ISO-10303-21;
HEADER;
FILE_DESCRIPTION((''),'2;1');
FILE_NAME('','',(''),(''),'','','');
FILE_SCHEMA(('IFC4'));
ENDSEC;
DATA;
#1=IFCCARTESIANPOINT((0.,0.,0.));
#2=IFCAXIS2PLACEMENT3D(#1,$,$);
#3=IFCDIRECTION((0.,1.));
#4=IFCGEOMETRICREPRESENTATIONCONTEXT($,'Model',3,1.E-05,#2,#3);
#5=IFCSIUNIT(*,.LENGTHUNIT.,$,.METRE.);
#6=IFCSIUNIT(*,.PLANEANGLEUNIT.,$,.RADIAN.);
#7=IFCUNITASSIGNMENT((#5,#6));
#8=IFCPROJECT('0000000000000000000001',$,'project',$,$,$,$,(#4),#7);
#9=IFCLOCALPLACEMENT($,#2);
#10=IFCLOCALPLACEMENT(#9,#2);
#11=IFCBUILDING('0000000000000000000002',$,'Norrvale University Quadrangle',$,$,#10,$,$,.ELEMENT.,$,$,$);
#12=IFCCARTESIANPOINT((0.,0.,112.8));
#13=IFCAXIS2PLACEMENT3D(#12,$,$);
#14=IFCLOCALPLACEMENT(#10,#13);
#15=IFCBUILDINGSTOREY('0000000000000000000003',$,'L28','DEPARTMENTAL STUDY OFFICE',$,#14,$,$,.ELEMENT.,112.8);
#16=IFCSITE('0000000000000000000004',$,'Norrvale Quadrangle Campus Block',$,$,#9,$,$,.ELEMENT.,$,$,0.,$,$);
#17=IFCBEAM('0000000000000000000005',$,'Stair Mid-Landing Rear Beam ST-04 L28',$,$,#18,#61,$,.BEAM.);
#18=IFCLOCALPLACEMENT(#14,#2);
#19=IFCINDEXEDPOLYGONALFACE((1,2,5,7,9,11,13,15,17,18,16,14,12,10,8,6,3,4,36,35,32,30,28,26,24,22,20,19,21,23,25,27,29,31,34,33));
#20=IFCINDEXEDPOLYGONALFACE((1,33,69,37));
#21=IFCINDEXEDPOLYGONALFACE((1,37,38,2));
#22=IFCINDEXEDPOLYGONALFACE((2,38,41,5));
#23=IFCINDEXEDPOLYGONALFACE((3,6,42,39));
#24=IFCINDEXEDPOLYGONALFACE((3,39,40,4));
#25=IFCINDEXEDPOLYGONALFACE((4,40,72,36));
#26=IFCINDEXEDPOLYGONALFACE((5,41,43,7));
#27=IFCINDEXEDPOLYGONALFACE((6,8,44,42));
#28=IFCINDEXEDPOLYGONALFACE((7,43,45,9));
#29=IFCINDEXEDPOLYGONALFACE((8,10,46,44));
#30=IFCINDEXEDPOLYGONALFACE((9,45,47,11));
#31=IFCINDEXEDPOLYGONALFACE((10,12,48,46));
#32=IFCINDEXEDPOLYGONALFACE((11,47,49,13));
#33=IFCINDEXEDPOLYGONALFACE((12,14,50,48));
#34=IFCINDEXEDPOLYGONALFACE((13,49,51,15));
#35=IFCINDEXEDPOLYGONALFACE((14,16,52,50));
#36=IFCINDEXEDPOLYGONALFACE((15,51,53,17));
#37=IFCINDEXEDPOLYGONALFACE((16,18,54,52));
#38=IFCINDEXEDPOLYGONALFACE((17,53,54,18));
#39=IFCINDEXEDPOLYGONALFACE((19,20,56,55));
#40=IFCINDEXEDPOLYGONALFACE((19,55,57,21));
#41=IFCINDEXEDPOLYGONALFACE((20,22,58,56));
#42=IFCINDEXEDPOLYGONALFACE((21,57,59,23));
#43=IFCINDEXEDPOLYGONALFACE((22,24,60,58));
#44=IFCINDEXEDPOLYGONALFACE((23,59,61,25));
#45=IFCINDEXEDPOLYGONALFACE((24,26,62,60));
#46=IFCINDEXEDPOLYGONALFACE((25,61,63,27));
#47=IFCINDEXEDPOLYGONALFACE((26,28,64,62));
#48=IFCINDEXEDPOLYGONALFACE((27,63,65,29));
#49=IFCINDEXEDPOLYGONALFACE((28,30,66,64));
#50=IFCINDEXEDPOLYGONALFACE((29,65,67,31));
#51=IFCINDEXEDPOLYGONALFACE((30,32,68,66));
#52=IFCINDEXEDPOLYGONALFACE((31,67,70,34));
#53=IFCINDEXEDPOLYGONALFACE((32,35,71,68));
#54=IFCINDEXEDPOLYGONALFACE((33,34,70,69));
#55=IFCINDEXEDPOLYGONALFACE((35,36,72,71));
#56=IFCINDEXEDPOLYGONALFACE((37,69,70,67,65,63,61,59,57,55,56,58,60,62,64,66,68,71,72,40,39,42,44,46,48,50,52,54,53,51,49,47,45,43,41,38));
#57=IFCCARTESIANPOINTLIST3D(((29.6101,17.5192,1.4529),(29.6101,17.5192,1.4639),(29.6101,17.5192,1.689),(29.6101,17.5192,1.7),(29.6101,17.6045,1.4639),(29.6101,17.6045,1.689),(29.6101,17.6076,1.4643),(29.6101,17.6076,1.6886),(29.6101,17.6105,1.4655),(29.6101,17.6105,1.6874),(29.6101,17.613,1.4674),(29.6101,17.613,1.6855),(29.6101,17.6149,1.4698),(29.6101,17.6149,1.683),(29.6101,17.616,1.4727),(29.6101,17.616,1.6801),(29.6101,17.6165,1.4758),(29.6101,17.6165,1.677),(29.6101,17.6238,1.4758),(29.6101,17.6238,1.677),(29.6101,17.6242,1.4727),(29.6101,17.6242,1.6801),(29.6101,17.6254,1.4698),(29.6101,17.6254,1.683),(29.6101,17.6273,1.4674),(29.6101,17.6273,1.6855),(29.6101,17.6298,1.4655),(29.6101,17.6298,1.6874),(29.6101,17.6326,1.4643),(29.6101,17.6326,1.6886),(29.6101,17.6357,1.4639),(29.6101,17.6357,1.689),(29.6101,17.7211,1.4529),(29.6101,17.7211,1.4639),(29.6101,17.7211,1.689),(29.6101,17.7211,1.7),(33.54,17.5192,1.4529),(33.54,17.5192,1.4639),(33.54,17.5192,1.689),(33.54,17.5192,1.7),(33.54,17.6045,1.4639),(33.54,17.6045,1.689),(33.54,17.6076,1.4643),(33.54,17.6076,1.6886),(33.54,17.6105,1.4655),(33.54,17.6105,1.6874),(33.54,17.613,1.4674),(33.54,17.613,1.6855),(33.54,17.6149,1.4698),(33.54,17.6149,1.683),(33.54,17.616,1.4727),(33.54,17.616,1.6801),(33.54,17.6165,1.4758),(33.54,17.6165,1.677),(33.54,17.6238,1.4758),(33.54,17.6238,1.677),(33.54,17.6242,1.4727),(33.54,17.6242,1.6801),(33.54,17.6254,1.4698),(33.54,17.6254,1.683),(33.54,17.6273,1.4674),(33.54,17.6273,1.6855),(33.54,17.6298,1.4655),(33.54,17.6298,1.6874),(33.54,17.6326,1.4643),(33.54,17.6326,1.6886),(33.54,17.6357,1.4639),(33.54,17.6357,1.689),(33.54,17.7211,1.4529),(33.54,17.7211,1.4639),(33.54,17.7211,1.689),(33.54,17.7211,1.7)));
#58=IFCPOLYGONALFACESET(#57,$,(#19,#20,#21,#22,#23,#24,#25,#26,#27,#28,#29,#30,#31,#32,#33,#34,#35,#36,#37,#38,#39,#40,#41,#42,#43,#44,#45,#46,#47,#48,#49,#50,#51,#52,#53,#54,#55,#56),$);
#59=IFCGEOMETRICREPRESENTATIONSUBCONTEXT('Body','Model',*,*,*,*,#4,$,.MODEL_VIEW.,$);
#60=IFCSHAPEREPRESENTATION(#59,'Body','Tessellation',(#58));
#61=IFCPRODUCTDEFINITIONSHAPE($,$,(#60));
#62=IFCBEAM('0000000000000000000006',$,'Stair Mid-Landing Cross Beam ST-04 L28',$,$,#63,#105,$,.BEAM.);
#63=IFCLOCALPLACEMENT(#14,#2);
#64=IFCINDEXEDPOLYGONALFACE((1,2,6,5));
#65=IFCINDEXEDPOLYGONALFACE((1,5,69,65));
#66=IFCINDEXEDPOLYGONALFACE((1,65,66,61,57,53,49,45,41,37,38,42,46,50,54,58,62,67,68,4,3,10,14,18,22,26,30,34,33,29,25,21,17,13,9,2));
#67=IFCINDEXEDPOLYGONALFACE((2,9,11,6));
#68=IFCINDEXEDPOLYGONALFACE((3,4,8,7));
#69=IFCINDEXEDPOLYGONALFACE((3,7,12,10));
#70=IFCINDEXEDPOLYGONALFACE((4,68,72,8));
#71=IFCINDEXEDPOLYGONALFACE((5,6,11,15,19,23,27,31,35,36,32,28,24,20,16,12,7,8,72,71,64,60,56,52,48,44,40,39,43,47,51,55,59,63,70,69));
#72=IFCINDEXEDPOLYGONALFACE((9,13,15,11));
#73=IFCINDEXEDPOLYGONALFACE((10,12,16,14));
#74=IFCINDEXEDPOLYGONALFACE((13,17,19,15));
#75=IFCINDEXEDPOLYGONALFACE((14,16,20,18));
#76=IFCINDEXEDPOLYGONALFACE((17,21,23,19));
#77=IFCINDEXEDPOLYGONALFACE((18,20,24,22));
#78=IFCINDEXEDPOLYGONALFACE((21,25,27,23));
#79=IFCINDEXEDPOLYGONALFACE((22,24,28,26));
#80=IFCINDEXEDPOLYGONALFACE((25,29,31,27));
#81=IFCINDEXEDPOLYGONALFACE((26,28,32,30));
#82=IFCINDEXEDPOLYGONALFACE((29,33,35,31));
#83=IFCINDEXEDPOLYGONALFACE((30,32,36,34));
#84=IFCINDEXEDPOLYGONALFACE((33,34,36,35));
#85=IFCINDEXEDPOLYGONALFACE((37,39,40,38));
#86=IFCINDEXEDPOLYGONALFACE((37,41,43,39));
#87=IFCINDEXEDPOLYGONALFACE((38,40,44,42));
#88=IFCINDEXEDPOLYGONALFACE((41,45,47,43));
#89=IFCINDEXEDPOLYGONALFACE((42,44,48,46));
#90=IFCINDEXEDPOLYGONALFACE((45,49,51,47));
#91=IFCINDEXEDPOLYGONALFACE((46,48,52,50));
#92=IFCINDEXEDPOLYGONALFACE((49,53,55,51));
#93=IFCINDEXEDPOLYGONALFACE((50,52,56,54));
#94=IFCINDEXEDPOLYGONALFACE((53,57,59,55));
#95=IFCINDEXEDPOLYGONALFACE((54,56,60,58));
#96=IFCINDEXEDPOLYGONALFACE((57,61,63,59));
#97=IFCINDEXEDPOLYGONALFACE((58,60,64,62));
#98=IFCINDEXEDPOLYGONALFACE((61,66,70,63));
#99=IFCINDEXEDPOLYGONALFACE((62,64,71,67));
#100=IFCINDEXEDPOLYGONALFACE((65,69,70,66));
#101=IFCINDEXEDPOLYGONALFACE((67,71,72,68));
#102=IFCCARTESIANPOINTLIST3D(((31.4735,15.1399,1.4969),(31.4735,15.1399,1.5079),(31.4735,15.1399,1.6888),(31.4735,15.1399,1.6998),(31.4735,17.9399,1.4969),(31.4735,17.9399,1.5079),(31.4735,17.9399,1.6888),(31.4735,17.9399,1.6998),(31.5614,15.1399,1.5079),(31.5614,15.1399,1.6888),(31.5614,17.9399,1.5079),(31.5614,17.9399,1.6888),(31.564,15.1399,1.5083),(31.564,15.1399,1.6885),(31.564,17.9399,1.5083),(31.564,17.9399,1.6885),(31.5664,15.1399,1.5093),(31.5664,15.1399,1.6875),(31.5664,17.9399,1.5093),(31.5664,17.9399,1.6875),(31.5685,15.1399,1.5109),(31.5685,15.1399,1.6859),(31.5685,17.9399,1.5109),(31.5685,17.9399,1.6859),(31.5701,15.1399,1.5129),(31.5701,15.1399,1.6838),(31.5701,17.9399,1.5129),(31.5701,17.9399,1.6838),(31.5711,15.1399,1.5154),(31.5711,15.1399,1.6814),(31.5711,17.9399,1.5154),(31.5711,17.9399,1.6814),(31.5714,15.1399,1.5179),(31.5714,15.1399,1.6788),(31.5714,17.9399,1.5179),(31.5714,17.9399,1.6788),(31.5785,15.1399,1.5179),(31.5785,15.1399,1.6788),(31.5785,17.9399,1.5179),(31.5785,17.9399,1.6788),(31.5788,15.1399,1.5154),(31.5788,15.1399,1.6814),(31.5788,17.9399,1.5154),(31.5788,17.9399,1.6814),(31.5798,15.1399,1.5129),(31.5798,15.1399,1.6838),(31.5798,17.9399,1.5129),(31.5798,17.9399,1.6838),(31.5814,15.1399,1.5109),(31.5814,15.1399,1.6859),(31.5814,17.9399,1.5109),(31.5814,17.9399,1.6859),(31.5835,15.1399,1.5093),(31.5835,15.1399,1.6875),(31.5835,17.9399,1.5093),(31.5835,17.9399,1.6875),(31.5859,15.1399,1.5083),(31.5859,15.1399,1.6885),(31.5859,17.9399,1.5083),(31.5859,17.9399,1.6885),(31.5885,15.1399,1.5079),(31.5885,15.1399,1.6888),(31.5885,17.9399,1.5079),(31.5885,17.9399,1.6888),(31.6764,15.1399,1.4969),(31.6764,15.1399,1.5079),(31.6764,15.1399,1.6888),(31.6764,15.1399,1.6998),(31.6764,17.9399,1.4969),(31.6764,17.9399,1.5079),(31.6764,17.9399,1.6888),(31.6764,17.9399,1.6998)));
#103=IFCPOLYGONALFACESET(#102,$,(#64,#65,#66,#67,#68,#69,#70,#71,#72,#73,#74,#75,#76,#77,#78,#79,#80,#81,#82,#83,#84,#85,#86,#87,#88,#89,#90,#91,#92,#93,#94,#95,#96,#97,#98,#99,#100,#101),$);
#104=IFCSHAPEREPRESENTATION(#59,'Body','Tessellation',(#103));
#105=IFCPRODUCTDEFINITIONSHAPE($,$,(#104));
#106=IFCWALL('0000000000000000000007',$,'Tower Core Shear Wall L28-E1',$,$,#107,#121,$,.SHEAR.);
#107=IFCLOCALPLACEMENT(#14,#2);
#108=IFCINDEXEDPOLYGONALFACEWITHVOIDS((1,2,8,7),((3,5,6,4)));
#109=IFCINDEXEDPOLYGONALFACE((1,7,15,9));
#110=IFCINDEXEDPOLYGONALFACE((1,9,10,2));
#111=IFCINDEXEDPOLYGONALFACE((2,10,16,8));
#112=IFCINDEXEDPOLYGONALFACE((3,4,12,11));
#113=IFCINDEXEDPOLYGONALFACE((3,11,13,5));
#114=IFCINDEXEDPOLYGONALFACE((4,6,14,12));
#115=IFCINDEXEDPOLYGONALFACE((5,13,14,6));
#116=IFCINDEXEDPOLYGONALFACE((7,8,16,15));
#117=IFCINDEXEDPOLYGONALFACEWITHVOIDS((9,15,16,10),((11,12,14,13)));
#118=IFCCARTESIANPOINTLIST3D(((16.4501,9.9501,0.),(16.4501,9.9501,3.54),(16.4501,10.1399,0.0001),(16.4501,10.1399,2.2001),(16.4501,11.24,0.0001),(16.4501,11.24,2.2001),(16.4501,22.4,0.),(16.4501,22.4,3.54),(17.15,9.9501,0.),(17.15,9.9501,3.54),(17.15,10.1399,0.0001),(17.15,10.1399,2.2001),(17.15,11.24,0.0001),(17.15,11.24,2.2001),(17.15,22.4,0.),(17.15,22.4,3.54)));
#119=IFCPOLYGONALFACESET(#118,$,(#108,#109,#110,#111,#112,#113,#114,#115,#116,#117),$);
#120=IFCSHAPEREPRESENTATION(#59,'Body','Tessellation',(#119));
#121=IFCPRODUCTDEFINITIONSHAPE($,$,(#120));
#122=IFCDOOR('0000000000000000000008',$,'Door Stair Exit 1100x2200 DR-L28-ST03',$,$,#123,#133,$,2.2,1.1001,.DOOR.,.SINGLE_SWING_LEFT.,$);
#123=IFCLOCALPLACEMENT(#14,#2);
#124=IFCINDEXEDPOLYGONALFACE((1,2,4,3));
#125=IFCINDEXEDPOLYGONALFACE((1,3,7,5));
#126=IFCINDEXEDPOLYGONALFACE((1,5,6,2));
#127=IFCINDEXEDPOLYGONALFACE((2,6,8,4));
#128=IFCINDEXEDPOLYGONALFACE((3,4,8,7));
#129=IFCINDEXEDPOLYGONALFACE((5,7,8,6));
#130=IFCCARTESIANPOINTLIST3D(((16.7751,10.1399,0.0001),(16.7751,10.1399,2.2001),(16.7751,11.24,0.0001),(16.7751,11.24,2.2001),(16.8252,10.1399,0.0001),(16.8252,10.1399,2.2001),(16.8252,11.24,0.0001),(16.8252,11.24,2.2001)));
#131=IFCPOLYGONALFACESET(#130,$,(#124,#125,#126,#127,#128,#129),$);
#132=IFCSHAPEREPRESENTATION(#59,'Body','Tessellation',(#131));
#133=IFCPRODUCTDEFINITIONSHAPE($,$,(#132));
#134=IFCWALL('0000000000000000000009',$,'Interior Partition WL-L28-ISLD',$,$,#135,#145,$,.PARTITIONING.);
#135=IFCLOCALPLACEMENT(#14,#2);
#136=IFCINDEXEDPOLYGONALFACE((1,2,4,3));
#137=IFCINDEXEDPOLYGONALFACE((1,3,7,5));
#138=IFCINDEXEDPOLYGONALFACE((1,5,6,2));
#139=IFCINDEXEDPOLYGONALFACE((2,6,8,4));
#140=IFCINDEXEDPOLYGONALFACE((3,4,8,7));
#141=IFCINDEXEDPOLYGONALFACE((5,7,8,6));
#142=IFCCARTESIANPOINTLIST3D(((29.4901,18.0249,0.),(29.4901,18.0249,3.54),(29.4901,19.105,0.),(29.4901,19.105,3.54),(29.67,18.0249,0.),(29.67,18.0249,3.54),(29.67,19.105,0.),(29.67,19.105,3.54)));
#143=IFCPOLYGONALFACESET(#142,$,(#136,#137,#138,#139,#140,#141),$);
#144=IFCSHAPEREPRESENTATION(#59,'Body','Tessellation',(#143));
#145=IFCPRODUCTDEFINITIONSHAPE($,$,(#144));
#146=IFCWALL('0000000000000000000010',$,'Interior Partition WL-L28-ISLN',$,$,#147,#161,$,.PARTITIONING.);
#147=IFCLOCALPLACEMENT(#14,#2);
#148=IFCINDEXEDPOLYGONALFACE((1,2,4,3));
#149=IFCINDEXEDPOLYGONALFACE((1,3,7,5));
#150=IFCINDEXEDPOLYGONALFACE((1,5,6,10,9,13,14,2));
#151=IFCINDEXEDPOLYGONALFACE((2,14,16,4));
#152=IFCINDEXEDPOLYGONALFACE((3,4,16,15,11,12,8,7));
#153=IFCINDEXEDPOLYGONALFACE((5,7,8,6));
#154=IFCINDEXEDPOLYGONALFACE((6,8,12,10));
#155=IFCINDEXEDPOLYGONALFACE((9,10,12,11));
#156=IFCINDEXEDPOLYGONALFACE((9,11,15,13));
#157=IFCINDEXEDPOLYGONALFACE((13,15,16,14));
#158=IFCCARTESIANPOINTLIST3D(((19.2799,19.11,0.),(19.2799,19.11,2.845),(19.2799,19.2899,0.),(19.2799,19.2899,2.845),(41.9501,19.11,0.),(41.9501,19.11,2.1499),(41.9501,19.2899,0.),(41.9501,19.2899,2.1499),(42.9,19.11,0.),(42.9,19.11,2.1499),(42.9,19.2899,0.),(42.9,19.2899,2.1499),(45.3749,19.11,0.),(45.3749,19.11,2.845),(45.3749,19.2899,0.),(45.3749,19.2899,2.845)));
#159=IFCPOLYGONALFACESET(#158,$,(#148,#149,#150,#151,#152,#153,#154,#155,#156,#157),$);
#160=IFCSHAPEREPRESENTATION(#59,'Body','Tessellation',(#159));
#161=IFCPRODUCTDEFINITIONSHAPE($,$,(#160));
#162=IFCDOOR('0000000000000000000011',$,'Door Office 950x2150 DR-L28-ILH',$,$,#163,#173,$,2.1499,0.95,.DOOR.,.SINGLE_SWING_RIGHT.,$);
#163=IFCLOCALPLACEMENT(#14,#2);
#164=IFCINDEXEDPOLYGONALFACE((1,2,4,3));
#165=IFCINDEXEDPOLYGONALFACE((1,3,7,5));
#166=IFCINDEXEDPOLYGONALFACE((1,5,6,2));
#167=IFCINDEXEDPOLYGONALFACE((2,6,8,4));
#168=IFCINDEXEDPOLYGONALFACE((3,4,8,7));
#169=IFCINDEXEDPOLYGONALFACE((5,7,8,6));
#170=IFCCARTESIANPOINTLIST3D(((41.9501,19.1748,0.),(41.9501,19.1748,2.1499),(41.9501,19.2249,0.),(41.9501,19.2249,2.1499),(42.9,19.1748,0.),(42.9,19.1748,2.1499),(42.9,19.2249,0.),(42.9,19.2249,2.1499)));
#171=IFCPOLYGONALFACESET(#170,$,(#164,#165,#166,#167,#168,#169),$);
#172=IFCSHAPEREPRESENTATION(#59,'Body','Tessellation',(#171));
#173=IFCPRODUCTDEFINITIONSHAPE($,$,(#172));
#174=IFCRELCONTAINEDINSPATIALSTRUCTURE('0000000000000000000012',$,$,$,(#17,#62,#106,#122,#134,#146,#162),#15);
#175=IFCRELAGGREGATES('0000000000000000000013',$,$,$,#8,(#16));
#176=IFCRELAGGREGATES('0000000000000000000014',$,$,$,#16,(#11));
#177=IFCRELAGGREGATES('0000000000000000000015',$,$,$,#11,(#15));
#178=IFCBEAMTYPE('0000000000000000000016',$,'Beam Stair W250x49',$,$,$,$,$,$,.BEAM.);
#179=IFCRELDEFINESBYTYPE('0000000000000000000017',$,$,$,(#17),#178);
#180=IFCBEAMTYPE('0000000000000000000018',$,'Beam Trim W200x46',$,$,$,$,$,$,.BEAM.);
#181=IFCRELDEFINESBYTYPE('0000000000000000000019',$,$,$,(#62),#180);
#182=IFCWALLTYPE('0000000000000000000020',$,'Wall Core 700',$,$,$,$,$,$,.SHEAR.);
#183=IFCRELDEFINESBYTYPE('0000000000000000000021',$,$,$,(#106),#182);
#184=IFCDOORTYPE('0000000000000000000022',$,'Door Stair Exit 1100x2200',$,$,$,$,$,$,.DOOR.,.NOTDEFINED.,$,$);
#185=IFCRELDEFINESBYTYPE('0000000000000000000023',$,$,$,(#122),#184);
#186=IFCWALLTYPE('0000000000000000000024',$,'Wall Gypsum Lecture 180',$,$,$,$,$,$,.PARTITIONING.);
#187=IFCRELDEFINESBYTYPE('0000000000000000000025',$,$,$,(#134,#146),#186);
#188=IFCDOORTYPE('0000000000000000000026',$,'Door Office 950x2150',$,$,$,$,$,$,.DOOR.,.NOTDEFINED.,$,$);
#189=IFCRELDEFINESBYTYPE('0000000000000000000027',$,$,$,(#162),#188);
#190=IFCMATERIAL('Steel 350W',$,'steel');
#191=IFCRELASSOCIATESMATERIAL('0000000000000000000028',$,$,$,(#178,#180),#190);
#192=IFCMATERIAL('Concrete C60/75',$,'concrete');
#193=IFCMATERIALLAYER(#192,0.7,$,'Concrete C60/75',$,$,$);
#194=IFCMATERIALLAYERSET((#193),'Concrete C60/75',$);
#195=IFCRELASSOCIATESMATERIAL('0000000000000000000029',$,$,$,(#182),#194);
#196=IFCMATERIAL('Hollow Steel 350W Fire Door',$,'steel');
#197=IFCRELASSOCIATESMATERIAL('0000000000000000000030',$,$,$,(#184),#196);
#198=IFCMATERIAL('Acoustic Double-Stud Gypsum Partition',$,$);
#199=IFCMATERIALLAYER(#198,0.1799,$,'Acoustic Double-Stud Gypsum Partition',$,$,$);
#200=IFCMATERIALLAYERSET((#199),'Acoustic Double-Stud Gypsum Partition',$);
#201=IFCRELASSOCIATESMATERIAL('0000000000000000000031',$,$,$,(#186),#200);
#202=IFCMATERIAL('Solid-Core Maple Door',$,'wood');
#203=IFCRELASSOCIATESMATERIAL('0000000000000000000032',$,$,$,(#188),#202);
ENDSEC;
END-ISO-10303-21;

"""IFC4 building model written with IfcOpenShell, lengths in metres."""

from ifc_helpers import new_model, si_unit, direction, frame, frame_2d, origin, origin_2d, place, context, subcontext, project, spatial, rectangle, i_section, extrude, material, layer, layer_set, material_profile, profile_set, type_object, element, fill, save


model = new_model("IFC4")

# Units and contexts
model_context = context("Model", 3, precision=1e-05, world=origin(), true_north=direction((0.0, 1.0)))
body_context = subcontext(model_context, "Body", "Model", "MODEL_VIEW")
ifc_project = project(units=[si_unit("LENGTHUNIT", "METRE"), si_unit("PLANEANGLEUNIT", "RADIAN")], contexts=[model_context])

# Site, building, storey
site_placement = place(None, origin())
site = spatial("IfcSite", under=ifc_project, at=site_placement, Name="Norrvale Quadrangle Campus Block", CompositionType="ELEMENT", RefElevation=0.0)
building_placement = place(site_placement, origin())
building = spatial("IfcBuilding", under=site, at=building_placement, Name="Norrvale University Quadrangle", CompositionType="ELEMENT")
storey_placement = place(building_placement, frame((0.0, 0.0, 112.8)))
storey = spatial("IfcBuildingStorey", under=building, at=storey_placement, Name="L28", Description="DEPARTMENTAL STUDY OFFICE", CompositionType="ELEMENT", Elevation=112.8)

# Shared definitions
ifc_material_1 = material(Name="Concrete C60/75", Category="concrete")

# Beams
ifc_material_2 = material(Name="Steel 350W", Category="steel")
ifc_material_profile_1 = material_profile(ifc_material_2, i_section(OverallWidth=0.2019, OverallDepth=0.2471, WebThickness=0.0073, FlangeThickness=0.011, FilletRadius=0.012, at=origin_2d()), Name="Steel 350W")
ifc_profile_set_1 = profile_set([ifc_material_profile_1], Name="Steel 350W")
beam_type_1 = type_object("IfcBeamType", Name="Beam Stair W250x49", PredefinedType="BEAM", material=ifc_profile_set_1)
for number, where, z_axis, x_axis, name in (
    (1, (29.6101, 17.6201, 1.5764), (1.0, 0.0, 0.0), (0.0, 1.0, 0.0), "Stair Mid-Landing Rear Beam ST-04 L28"),
):
    element("IfcBeam", number, at=place(storey_placement, frame(where, z_axis=z_axis, x_axis=x_axis)), inside=storey, type_object=beam_type_1, Name=name, PredefinedType="BEAM", context=body_context, shape_type="SweptSolid", body=[
        extrude(i_section(OverallWidth=0.2019, OverallDepth=0.2471, WebThickness=0.0073, FlangeThickness=0.011, FilletRadius=0.012, at=origin_2d()), origin(), (0.0, 0.0, 1.0), 3.9299),
    ])
ifc_material_profile_2 = material_profile(ifc_material_2, i_section(OverallWidth=0.2029, OverallDepth=0.2029, WebThickness=0.0071, FlangeThickness=0.011, FilletRadius=0.01, at=origin_2d()), Name="Steel 350W")
ifc_profile_set_2 = profile_set([ifc_material_profile_2], Name="Steel 350W")
beam_type_2 = type_object("IfcBeamType", Name="Beam Trim W200x46", PredefinedType="BEAM", material=ifc_profile_set_2)
beam_1_placement = place(storey_placement, frame((31.575, 15.1399, 1.5984), z_axis=(0.0, 1.0, 0.0), x_axis=(-1.0, 0.0, 0.0)))
element("IfcBeam", 2, at=beam_1_placement, inside=storey, type_object=beam_type_2, Name="Stair Mid-Landing Cross Beam ST-04 L28", PredefinedType="BEAM", context=body_context, shape_type="SweptSolid", body=[
    extrude(i_section(OverallWidth=0.2029, OverallDepth=0.2029, WebThickness=0.0071, FlangeThickness=0.011, FilletRadius=0.01, at=origin_2d()), origin(), (0.0, 0.0, 1.0), 2.8),
])

# Wall, opening, door
ifc_layer_1 = layer(ifc_material_1, 0.7, Name="Concrete C60/75")
ifc_layer_set_1 = layer_set([ifc_layer_1], Name="Concrete C60/75")
wall_type_1 = type_object("IfcWallType", Name="Wall Core 700", PredefinedType="SHEAR", material=ifc_layer_set_1)
wall_1_placement = place(storey_placement, frame((16.8, 9.95, 0.0), z_axis=(0.0, 0.0, 1.0), x_axis=(0.0, 1.0, 0.0)))
wall_1 = element("IfcWall", 3, at=wall_1_placement, inside=storey, type_object=wall_type_1, Name="Tower Core Shear Wall L28-E1", PredefinedType="SHEAR", context=body_context, shape_type="SweptSolid", body=[
    extrude(rectangle(XDim=12.45, YDim=0.7, at=frame_2d((6.2251, 0.0))), origin(), (0.0, 0.0, 1.0), 3.54),
])
opening_1_placement = place(wall_1_placement, frame((0.1899, 0.0, 0.0)))
opening_1 = element("IfcOpeningElement", 4, at=opening_1_placement, cuts=wall_1, PredefinedType="OPENING", context=body_context, shape_type="SweptSolid", body=[
    extrude(rectangle(XDim=1.1001, YDim=2.2, at=frame_2d((0.55, 1.1001))), frame((0.0, 0.3621, 0.0), z_axis=(0.0, -1.0, 0.0), x_axis=(1.0, 0.0, 0.0)), (0.0, 0.0, 1.0), 0.7239),
])
ifc_material_3 = material(Name="Hollow Steel 350W Fire Door", Category="steel")
door_type_1 = type_object("IfcDoorType", Name="Door Stair Exit 1100x2200", OperationType="NOTDEFINED", PredefinedType="DOOR", material=ifc_material_3)
door_1_placement = place(opening_1_placement, origin())
door_1 = element("IfcDoor", 5, at=door_1_placement, inside=storey, type_object=door_type_1, Name="Door Stair Exit 1100x2200 DR-L28-ST03", OperationType="SINGLE_SWING_LEFT", OverallHeight=2.2, OverallWidth=1.1001, PredefinedType="DOOR", context=body_context, shape_type="SweptSolid", body=[
    extrude(rectangle(XDim=1.1001, YDim=2.2, at=frame_2d((0.55, 1.1001))), frame((0.0, 0.0249, 0.0), z_axis=(0.0, -1.0, 0.0), x_axis=(1.0, 0.0, 0.0)), (0.0, 0.0, 1.0), 0.05),
])
fill(opening_1, door_1)

# Wall
ifc_material_4 = material(Name="Acoustic Double-Stud Gypsum Partition")
ifc_layer_2 = layer(ifc_material_4, 0.1799, Name="Acoustic Double-Stud Gypsum Partition")
ifc_layer_set_2 = layer_set([ifc_layer_2], Name="Acoustic Double-Stud Gypsum Partition")
wall_type_2 = type_object("IfcWallType", Name="Wall Gypsum Lecture 180", PredefinedType="PARTITIONING", material=ifc_layer_set_2)
wall_2_placement = place(storey_placement, frame((29.5801, 18.0249, 0.0), z_axis=(0.0, 0.0, 1.0), x_axis=(0.0, 1.0, 0.0)))
element("IfcWall", 6, at=wall_2_placement, inside=storey, type_object=wall_type_2, Name="Interior Partition WL-L28-ISLD", PredefinedType="PARTITIONING", context=body_context, shape_type="SweptSolid", body=[
    extrude(rectangle(XDim=1.0801, YDim=0.1799, at=frame_2d((0.54, 0.0))), origin(), (0.0, 0.0, 1.0), 3.54),
])

# Wall, opening, door
wall_3_placement = place(storey_placement, frame((19.28, 19.2, 0.0), z_axis=(0.0, 0.0, 1.0), x_axis=(1.0, 0.0, 0.0)))
wall_3 = element("IfcWall", 7, at=wall_3_placement, inside=storey, type_object=wall_type_2, Name="Interior Partition WL-L28-ISLN", PredefinedType="PARTITIONING", context=body_context, shape_type="SweptSolid", body=[
    extrude(rectangle(XDim=26.095, YDim=0.1799, at=frame_2d((13.0474, 0.0))), origin(), (0.0, 0.0, 1.0), 2.845),
])
opening_2_placement = place(wall_3_placement, frame((22.6699, 0.0, 0.0)))
opening_2 = element("IfcOpeningElement", 8, at=opening_2_placement, cuts=wall_3, PredefinedType="OPENING", context=body_context, shape_type="SweptSolid", body=[
    extrude(rectangle(XDim=0.95, YDim=2.1499, at=frame_2d((0.4751, 1.075))), frame((0.0, 0.1021, 0.0), z_axis=(0.0, -1.0, 0.0), x_axis=(1.0, 0.0, 0.0)), (0.0, 0.0, 1.0), 0.2039),
])
ifc_material_5 = material(Name="Solid-Core Maple Door", Category="wood")
door_type_2 = type_object("IfcDoorType", Name="Door Office 950x2150", OperationType="NOTDEFINED", PredefinedType="DOOR", material=ifc_material_5)
door_2_placement = place(opening_2_placement, origin())
door_2 = element("IfcDoor", 9, at=door_2_placement, inside=storey, type_object=door_type_2, Name="Door Office 950x2150 DR-L28-ILH", OperationType="SINGLE_SWING_RIGHT", OverallHeight=2.1499, OverallWidth=0.95, PredefinedType="DOOR", context=body_context, shape_type="SweptSolid", body=[
    extrude(rectangle(XDim=0.95, YDim=2.1499, at=frame_2d((0.4751, 1.075))), frame((0.0, 0.0249, 0.0), z_axis=(0.0, -1.0, 0.0), x_axis=(1.0, 0.0, 0.0)), (0.0, 0.0, 1.0), 0.05),
])
fill(opening_2, door_2)

save(model, "model.ifc")
